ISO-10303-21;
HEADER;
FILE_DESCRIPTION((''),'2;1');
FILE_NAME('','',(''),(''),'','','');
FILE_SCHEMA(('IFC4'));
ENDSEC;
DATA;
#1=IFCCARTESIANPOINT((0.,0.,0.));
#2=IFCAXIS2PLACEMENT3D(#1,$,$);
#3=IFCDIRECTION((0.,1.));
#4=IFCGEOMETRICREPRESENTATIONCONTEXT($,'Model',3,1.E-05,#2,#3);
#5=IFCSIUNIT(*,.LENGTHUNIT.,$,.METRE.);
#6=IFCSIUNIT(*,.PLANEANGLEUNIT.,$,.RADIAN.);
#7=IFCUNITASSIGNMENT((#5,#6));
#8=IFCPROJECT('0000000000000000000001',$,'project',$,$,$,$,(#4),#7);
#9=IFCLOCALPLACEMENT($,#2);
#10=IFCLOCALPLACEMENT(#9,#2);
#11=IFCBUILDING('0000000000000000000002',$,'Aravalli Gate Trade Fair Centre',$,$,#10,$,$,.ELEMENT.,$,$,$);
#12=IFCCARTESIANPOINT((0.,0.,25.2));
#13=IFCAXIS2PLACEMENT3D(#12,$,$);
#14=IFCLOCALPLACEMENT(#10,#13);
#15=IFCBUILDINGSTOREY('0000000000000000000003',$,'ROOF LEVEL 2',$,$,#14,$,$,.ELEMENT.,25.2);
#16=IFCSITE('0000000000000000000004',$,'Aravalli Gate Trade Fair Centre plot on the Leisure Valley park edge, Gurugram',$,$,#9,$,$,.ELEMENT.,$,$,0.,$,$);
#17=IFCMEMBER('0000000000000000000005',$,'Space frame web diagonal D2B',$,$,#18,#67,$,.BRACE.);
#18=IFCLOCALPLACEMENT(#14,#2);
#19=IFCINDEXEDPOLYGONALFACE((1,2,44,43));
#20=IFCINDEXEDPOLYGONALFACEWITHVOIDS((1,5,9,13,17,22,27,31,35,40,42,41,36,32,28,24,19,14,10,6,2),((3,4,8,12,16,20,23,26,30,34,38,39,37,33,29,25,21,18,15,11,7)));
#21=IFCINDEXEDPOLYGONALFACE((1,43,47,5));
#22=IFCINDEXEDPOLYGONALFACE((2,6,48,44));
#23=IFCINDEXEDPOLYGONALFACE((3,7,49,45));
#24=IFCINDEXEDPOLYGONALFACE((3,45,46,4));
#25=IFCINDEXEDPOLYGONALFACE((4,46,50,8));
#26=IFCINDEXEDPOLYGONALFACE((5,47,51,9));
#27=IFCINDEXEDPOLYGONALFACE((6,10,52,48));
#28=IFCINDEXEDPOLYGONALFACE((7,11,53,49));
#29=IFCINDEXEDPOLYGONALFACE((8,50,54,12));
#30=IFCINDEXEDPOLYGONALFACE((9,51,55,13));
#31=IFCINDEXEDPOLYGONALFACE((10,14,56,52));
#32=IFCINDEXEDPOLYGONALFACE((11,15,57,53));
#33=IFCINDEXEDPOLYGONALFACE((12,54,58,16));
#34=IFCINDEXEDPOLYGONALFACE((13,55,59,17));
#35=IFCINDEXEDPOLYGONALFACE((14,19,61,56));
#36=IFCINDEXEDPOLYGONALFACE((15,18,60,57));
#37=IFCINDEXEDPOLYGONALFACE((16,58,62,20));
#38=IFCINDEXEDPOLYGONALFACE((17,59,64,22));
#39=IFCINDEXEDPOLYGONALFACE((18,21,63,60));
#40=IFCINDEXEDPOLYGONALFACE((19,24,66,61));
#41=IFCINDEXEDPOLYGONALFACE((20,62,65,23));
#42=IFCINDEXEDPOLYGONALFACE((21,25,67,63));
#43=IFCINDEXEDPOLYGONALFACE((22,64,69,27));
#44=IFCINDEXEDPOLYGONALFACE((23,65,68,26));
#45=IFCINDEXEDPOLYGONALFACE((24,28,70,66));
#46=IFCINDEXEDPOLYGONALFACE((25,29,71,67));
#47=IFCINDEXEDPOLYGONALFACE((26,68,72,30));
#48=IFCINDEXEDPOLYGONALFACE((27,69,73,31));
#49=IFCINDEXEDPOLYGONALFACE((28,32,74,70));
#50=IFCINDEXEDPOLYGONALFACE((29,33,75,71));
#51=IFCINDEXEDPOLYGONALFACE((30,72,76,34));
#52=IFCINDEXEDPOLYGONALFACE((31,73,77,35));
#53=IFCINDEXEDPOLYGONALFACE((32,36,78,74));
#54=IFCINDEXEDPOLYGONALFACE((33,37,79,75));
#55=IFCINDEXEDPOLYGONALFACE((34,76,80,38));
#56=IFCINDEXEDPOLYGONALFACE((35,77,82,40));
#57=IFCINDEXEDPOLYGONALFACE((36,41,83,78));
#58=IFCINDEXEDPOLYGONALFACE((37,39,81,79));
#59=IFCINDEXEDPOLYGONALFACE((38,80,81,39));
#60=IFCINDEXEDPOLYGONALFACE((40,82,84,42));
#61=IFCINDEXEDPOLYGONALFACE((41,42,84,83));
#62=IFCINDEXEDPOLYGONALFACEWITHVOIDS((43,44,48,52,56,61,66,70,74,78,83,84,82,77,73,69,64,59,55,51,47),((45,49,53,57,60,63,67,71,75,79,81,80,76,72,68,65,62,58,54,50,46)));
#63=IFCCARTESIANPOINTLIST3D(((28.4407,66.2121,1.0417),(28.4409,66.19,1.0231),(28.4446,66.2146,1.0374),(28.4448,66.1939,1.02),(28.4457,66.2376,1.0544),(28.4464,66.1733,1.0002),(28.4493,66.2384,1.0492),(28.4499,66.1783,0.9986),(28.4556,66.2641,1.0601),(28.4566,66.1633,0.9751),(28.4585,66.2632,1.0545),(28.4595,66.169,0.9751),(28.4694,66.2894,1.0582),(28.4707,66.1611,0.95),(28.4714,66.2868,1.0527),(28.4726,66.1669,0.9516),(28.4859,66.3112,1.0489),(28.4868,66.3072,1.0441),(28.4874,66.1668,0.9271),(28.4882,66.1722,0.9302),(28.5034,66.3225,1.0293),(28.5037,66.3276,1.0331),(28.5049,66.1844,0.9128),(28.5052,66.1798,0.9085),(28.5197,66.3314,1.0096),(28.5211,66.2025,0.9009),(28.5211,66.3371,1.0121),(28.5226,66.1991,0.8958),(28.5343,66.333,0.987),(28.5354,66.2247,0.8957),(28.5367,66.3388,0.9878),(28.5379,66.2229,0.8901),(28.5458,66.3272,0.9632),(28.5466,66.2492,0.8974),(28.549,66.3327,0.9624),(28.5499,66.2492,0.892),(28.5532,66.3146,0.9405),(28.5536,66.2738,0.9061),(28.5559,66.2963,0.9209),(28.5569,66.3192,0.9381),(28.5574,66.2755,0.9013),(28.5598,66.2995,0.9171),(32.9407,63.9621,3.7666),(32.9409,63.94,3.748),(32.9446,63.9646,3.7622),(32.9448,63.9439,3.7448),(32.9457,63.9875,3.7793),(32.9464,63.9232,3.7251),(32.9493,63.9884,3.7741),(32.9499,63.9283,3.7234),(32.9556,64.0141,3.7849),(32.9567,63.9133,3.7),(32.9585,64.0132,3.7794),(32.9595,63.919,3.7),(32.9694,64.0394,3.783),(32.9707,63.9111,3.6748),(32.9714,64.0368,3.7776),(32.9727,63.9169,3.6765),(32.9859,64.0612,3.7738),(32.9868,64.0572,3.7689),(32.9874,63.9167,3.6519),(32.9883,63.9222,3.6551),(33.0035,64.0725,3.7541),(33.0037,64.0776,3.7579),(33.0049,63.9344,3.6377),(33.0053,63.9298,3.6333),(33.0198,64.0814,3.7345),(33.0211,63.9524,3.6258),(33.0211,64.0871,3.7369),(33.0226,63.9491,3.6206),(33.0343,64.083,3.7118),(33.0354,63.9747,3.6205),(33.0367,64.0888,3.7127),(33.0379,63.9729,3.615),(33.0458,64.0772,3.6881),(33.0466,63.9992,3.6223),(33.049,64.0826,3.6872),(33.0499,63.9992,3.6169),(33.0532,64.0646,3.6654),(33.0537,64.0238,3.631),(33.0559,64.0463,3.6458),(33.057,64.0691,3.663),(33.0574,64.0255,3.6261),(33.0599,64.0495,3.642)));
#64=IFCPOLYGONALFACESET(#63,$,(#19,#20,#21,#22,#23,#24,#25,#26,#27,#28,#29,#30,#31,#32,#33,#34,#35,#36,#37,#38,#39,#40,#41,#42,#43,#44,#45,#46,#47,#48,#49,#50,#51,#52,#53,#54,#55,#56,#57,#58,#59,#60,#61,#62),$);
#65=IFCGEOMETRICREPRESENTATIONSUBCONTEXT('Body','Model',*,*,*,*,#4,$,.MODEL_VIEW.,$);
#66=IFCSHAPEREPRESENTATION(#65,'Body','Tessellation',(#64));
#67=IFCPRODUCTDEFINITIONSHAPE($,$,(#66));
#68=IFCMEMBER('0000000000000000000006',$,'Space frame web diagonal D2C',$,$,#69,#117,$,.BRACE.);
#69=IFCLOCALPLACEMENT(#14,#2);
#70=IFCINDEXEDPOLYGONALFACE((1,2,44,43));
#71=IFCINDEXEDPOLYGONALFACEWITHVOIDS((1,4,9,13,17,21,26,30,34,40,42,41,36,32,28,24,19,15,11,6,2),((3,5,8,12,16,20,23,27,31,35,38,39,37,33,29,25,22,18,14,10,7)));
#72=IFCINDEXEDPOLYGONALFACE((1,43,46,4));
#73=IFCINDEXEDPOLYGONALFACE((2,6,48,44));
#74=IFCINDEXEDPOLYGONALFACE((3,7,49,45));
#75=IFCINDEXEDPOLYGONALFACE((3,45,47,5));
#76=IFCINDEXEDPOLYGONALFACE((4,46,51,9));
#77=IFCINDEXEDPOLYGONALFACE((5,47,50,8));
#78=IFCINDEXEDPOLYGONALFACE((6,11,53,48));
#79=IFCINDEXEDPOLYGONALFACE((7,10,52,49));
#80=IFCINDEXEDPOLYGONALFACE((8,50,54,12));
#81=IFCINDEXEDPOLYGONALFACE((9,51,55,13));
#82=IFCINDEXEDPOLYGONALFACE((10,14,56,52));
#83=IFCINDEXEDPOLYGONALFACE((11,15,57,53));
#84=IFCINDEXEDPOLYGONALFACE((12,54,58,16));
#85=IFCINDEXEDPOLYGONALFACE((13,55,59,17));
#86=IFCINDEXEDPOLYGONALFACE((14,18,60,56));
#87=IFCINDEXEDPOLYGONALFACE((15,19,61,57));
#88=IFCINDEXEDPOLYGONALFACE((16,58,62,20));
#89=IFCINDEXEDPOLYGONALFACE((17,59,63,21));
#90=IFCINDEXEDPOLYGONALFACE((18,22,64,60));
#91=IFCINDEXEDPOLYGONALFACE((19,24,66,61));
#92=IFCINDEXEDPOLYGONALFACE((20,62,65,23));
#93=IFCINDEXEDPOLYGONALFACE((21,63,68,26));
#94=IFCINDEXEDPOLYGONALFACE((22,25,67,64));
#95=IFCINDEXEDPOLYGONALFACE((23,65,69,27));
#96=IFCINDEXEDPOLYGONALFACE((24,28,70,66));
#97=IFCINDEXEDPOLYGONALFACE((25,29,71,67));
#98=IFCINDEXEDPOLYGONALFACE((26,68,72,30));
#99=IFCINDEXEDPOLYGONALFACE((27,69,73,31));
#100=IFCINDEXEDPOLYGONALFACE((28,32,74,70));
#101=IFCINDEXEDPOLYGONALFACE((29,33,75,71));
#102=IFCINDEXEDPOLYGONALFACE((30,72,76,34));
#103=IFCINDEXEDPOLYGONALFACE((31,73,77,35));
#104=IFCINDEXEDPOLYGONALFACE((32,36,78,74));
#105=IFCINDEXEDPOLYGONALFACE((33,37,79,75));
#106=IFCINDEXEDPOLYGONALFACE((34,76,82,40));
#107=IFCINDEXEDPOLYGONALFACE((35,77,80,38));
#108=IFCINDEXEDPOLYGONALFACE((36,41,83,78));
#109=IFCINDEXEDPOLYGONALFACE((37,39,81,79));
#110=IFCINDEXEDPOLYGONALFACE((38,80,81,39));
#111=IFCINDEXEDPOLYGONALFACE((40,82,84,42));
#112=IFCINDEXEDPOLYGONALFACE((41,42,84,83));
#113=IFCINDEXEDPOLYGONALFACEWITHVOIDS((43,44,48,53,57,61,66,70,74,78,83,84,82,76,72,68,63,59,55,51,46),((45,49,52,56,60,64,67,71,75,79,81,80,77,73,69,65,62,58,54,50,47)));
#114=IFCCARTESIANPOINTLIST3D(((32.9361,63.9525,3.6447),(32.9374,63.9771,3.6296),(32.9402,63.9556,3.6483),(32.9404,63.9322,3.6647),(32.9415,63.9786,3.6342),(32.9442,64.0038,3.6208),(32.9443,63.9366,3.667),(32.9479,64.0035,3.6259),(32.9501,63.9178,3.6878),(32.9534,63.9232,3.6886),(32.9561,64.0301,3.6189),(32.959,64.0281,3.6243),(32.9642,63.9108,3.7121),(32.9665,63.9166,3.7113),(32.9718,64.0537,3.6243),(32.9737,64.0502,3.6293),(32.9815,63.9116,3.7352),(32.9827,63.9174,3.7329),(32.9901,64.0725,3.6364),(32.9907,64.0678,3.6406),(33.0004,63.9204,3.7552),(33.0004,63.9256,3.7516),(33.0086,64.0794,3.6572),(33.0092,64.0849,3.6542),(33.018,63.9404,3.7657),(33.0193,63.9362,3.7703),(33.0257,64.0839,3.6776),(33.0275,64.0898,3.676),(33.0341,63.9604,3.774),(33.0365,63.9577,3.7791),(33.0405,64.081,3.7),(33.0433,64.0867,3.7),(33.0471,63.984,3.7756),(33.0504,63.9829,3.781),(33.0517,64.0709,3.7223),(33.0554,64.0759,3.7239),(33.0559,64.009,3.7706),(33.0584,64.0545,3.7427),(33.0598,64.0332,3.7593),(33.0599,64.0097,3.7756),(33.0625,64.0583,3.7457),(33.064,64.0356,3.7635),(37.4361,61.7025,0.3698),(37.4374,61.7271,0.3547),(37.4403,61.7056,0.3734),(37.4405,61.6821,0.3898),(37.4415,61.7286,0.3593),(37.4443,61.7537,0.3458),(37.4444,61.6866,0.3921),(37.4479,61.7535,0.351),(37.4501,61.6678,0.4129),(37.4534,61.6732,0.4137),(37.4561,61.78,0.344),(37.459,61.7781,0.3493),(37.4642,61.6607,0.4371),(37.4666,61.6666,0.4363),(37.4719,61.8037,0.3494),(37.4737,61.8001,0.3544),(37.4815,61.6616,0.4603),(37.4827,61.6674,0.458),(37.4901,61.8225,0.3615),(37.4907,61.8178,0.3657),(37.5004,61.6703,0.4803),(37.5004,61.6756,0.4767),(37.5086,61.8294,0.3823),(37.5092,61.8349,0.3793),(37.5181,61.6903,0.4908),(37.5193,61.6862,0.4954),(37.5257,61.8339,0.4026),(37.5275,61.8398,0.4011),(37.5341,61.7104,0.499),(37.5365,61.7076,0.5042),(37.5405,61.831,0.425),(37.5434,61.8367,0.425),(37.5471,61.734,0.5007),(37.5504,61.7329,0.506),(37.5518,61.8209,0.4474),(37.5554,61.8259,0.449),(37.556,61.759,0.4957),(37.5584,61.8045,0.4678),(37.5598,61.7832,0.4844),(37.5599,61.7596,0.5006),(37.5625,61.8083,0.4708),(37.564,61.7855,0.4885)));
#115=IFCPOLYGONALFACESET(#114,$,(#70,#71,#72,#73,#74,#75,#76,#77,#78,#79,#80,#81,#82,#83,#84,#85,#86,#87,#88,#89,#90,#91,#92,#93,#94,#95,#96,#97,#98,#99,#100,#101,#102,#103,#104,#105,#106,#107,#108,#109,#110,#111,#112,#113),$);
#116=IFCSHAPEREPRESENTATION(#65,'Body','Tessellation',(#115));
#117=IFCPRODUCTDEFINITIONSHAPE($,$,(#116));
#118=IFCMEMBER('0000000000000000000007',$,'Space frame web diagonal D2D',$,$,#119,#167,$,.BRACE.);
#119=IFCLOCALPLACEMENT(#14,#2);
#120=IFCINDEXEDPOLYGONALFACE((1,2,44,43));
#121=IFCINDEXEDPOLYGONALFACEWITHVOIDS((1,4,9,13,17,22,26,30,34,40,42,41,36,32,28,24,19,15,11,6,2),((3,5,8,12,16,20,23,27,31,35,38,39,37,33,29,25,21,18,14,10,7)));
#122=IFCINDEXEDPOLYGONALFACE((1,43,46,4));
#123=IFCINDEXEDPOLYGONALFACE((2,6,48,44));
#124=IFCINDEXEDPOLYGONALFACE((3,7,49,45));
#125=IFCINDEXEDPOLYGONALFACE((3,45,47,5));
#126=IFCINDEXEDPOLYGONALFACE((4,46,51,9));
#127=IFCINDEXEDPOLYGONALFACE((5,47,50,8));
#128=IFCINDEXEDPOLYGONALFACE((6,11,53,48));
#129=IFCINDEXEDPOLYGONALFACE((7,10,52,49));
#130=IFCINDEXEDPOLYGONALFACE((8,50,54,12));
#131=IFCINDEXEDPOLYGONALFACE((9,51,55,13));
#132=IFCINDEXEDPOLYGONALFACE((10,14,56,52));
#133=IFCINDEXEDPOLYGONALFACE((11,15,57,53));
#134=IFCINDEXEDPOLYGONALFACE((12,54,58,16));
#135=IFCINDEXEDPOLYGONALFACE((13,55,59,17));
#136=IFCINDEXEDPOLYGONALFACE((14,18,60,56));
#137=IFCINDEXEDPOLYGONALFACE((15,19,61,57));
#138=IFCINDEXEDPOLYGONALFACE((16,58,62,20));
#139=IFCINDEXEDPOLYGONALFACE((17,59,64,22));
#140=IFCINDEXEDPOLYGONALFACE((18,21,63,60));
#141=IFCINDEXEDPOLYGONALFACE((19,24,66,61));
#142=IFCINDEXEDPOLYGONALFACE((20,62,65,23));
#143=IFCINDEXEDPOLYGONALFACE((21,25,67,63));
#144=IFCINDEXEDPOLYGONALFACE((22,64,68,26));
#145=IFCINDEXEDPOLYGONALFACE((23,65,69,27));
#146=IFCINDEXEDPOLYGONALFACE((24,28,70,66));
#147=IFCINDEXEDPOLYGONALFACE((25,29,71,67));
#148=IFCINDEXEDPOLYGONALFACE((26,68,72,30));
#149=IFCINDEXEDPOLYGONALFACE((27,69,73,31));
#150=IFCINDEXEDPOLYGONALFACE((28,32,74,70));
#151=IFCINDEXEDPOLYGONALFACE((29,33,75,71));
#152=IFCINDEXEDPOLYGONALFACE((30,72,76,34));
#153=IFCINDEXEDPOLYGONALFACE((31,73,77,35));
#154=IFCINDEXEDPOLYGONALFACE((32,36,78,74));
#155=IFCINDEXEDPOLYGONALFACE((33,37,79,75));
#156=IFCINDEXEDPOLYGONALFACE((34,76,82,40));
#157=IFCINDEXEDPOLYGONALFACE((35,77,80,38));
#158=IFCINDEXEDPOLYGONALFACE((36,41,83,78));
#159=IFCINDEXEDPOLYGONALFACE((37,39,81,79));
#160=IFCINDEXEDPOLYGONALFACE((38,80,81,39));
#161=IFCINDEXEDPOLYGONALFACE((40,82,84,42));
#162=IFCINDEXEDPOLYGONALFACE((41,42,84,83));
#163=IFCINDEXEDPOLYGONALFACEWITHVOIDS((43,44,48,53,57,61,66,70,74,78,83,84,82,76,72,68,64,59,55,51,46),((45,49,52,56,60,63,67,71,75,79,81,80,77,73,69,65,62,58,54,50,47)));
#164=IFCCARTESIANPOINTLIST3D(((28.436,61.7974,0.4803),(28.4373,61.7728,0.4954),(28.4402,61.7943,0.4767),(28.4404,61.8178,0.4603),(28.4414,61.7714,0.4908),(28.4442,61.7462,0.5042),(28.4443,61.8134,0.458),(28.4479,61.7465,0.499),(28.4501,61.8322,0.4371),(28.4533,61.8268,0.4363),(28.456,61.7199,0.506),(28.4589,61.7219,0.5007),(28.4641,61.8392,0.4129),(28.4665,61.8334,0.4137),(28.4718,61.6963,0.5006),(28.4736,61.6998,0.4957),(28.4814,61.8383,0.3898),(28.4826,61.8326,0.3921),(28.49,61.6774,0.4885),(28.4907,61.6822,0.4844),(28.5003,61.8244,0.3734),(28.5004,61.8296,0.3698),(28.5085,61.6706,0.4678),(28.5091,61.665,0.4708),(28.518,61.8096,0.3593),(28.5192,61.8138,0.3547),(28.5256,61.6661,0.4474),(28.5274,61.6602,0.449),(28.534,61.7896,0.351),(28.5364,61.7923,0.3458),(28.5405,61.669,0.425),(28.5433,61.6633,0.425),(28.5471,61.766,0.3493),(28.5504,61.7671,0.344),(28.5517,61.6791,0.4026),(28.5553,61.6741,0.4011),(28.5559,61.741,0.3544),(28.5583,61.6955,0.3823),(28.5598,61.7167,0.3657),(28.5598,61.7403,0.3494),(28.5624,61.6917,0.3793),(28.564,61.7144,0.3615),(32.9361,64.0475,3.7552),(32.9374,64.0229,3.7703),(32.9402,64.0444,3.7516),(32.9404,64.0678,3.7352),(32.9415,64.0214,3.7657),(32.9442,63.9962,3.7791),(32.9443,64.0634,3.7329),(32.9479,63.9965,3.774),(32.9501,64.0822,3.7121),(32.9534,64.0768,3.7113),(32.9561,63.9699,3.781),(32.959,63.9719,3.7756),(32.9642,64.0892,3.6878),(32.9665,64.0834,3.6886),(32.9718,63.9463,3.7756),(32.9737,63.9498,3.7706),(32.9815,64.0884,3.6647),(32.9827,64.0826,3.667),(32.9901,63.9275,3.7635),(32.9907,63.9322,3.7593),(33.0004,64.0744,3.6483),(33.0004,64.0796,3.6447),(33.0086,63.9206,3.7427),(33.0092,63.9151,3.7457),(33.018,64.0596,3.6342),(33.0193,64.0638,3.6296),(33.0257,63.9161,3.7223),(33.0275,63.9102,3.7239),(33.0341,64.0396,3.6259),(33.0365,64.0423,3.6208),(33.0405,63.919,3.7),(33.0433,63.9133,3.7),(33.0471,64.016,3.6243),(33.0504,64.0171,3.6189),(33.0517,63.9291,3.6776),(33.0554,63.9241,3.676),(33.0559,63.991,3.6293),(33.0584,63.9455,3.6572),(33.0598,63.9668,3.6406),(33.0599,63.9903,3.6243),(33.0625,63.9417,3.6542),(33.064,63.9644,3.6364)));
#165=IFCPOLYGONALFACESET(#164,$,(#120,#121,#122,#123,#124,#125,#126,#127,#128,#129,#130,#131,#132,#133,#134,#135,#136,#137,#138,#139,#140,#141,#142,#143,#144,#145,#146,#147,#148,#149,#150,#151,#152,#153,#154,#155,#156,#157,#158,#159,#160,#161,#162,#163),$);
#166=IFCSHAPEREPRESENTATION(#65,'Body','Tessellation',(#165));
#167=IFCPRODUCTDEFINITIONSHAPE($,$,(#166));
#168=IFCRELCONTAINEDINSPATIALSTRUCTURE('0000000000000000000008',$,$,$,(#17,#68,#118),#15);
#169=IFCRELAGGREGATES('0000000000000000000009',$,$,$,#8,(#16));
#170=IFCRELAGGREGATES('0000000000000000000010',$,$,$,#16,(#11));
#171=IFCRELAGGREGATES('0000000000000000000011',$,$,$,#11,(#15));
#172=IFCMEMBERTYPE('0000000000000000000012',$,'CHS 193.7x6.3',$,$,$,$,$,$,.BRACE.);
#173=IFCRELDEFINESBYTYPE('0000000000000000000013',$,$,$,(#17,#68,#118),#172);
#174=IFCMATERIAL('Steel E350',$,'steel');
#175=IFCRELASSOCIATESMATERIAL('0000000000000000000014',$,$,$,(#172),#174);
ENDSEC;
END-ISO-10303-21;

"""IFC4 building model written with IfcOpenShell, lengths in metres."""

from ifc_helpers import new_model, si_unit, direction, frame, origin, origin_2d, place, context, subcontext, project, spatial, hollow_circle, extrude, material, material_profile, profile_set, type_object, element, save


model = new_model("IFC4")

# Units and contexts
model_context = context("Model", 3, precision=1e-05, world=origin(), true_north=direction((0.0, 1.0)))
body_context = subcontext(model_context, "Body", "Model", "MODEL_VIEW")
ifc_project = project(units=[si_unit("LENGTHUNIT", "METRE"), si_unit("PLANEANGLEUNIT", "RADIAN")], contexts=[model_context])

# Site, building, storey
site_placement = place(None, origin())
site = spatial("IfcSite", under=ifc_project, at=site_placement, Name="Aravalli Gate Trade Fair Centre plot on the Leisure Valley park edge, Gurugram", CompositionType="ELEMENT", RefElevation=0.0)
building_placement = place(site_placement, origin())
building = spatial("IfcBuilding", under=site, at=building_placement, Name="Aravalli Gate Trade Fair Centre", CompositionType="ELEMENT")
storey_placement = place(building_placement, frame((0.0, 0.0, 25.2)))
storey = spatial("IfcBuildingStorey", under=building, at=storey_placement, Name="ROOF LEVEL 2", CompositionType="ELEMENT", Elevation=25.2)

# Members
ifc_material = material(Name="Steel E350", Category="steel")
ifc_material_profile_1 = material_profile(ifc_material, hollow_circle(Radius=0.0969, WallThickness=0.0063, at=origin_2d()), Name="CHS 193.7x6.3")
ifc_profile_set_1 = profile_set([ifc_material_profile_1], Name="Steel E350")
member_type_1 = type_object("IfcMemberType", Name="CHS 193.7x6.3", PredefinedType="BRACE", material=ifc_profile_set_1)
member_1_placement = place(storey_placement, frame((33.0, 64.0, 3.7), z_axis=(-0.786486, 0.393243, -0.476235), x_axis=(-0.447214, -0.894427, 0.0)))
element("IfcMember", 1, at=member_1_placement, inside=storey, type_object=member_type_1, Name="Space frame web diagonal D2B", PredefinedType="BRACE", context=body_context, shape_type="SweptSolid", body=[
    extrude(hollow_circle(Radius=0.0969, WallThickness=0.0063, at=origin_2d()), origin(), (0.0, 0.0, 1.0), 5.7217),
])
for number, where, z_axis, x_axis, name in (
    (2, (33.0, 64.0, 3.7), (0.74961, -0.374805, -0.545533), (0.447214, 0.894427, 0.0), "Space frame web diagonal D2C"),
    (3, (33.0, 64.0, 3.7), (-0.74961, -0.374805, -0.545533), (0.447214, -0.894427, 0.0), "Space frame web diagonal D2D"),
):
    element("IfcMember", number, at=place(storey_placement, frame(where, z_axis=z_axis, x_axis=x_axis)), inside=storey, type_object=member_type_1, Name=name, PredefinedType="BRACE", context=body_context, shape_type="SweptSolid", body=[
        extrude(hollow_circle(Radius=0.0969, WallThickness=0.0063, at=origin_2d()), origin(), (0.0, 0.0, 1.0), 6.0032),
    ])

save(model, "model.ifc")
